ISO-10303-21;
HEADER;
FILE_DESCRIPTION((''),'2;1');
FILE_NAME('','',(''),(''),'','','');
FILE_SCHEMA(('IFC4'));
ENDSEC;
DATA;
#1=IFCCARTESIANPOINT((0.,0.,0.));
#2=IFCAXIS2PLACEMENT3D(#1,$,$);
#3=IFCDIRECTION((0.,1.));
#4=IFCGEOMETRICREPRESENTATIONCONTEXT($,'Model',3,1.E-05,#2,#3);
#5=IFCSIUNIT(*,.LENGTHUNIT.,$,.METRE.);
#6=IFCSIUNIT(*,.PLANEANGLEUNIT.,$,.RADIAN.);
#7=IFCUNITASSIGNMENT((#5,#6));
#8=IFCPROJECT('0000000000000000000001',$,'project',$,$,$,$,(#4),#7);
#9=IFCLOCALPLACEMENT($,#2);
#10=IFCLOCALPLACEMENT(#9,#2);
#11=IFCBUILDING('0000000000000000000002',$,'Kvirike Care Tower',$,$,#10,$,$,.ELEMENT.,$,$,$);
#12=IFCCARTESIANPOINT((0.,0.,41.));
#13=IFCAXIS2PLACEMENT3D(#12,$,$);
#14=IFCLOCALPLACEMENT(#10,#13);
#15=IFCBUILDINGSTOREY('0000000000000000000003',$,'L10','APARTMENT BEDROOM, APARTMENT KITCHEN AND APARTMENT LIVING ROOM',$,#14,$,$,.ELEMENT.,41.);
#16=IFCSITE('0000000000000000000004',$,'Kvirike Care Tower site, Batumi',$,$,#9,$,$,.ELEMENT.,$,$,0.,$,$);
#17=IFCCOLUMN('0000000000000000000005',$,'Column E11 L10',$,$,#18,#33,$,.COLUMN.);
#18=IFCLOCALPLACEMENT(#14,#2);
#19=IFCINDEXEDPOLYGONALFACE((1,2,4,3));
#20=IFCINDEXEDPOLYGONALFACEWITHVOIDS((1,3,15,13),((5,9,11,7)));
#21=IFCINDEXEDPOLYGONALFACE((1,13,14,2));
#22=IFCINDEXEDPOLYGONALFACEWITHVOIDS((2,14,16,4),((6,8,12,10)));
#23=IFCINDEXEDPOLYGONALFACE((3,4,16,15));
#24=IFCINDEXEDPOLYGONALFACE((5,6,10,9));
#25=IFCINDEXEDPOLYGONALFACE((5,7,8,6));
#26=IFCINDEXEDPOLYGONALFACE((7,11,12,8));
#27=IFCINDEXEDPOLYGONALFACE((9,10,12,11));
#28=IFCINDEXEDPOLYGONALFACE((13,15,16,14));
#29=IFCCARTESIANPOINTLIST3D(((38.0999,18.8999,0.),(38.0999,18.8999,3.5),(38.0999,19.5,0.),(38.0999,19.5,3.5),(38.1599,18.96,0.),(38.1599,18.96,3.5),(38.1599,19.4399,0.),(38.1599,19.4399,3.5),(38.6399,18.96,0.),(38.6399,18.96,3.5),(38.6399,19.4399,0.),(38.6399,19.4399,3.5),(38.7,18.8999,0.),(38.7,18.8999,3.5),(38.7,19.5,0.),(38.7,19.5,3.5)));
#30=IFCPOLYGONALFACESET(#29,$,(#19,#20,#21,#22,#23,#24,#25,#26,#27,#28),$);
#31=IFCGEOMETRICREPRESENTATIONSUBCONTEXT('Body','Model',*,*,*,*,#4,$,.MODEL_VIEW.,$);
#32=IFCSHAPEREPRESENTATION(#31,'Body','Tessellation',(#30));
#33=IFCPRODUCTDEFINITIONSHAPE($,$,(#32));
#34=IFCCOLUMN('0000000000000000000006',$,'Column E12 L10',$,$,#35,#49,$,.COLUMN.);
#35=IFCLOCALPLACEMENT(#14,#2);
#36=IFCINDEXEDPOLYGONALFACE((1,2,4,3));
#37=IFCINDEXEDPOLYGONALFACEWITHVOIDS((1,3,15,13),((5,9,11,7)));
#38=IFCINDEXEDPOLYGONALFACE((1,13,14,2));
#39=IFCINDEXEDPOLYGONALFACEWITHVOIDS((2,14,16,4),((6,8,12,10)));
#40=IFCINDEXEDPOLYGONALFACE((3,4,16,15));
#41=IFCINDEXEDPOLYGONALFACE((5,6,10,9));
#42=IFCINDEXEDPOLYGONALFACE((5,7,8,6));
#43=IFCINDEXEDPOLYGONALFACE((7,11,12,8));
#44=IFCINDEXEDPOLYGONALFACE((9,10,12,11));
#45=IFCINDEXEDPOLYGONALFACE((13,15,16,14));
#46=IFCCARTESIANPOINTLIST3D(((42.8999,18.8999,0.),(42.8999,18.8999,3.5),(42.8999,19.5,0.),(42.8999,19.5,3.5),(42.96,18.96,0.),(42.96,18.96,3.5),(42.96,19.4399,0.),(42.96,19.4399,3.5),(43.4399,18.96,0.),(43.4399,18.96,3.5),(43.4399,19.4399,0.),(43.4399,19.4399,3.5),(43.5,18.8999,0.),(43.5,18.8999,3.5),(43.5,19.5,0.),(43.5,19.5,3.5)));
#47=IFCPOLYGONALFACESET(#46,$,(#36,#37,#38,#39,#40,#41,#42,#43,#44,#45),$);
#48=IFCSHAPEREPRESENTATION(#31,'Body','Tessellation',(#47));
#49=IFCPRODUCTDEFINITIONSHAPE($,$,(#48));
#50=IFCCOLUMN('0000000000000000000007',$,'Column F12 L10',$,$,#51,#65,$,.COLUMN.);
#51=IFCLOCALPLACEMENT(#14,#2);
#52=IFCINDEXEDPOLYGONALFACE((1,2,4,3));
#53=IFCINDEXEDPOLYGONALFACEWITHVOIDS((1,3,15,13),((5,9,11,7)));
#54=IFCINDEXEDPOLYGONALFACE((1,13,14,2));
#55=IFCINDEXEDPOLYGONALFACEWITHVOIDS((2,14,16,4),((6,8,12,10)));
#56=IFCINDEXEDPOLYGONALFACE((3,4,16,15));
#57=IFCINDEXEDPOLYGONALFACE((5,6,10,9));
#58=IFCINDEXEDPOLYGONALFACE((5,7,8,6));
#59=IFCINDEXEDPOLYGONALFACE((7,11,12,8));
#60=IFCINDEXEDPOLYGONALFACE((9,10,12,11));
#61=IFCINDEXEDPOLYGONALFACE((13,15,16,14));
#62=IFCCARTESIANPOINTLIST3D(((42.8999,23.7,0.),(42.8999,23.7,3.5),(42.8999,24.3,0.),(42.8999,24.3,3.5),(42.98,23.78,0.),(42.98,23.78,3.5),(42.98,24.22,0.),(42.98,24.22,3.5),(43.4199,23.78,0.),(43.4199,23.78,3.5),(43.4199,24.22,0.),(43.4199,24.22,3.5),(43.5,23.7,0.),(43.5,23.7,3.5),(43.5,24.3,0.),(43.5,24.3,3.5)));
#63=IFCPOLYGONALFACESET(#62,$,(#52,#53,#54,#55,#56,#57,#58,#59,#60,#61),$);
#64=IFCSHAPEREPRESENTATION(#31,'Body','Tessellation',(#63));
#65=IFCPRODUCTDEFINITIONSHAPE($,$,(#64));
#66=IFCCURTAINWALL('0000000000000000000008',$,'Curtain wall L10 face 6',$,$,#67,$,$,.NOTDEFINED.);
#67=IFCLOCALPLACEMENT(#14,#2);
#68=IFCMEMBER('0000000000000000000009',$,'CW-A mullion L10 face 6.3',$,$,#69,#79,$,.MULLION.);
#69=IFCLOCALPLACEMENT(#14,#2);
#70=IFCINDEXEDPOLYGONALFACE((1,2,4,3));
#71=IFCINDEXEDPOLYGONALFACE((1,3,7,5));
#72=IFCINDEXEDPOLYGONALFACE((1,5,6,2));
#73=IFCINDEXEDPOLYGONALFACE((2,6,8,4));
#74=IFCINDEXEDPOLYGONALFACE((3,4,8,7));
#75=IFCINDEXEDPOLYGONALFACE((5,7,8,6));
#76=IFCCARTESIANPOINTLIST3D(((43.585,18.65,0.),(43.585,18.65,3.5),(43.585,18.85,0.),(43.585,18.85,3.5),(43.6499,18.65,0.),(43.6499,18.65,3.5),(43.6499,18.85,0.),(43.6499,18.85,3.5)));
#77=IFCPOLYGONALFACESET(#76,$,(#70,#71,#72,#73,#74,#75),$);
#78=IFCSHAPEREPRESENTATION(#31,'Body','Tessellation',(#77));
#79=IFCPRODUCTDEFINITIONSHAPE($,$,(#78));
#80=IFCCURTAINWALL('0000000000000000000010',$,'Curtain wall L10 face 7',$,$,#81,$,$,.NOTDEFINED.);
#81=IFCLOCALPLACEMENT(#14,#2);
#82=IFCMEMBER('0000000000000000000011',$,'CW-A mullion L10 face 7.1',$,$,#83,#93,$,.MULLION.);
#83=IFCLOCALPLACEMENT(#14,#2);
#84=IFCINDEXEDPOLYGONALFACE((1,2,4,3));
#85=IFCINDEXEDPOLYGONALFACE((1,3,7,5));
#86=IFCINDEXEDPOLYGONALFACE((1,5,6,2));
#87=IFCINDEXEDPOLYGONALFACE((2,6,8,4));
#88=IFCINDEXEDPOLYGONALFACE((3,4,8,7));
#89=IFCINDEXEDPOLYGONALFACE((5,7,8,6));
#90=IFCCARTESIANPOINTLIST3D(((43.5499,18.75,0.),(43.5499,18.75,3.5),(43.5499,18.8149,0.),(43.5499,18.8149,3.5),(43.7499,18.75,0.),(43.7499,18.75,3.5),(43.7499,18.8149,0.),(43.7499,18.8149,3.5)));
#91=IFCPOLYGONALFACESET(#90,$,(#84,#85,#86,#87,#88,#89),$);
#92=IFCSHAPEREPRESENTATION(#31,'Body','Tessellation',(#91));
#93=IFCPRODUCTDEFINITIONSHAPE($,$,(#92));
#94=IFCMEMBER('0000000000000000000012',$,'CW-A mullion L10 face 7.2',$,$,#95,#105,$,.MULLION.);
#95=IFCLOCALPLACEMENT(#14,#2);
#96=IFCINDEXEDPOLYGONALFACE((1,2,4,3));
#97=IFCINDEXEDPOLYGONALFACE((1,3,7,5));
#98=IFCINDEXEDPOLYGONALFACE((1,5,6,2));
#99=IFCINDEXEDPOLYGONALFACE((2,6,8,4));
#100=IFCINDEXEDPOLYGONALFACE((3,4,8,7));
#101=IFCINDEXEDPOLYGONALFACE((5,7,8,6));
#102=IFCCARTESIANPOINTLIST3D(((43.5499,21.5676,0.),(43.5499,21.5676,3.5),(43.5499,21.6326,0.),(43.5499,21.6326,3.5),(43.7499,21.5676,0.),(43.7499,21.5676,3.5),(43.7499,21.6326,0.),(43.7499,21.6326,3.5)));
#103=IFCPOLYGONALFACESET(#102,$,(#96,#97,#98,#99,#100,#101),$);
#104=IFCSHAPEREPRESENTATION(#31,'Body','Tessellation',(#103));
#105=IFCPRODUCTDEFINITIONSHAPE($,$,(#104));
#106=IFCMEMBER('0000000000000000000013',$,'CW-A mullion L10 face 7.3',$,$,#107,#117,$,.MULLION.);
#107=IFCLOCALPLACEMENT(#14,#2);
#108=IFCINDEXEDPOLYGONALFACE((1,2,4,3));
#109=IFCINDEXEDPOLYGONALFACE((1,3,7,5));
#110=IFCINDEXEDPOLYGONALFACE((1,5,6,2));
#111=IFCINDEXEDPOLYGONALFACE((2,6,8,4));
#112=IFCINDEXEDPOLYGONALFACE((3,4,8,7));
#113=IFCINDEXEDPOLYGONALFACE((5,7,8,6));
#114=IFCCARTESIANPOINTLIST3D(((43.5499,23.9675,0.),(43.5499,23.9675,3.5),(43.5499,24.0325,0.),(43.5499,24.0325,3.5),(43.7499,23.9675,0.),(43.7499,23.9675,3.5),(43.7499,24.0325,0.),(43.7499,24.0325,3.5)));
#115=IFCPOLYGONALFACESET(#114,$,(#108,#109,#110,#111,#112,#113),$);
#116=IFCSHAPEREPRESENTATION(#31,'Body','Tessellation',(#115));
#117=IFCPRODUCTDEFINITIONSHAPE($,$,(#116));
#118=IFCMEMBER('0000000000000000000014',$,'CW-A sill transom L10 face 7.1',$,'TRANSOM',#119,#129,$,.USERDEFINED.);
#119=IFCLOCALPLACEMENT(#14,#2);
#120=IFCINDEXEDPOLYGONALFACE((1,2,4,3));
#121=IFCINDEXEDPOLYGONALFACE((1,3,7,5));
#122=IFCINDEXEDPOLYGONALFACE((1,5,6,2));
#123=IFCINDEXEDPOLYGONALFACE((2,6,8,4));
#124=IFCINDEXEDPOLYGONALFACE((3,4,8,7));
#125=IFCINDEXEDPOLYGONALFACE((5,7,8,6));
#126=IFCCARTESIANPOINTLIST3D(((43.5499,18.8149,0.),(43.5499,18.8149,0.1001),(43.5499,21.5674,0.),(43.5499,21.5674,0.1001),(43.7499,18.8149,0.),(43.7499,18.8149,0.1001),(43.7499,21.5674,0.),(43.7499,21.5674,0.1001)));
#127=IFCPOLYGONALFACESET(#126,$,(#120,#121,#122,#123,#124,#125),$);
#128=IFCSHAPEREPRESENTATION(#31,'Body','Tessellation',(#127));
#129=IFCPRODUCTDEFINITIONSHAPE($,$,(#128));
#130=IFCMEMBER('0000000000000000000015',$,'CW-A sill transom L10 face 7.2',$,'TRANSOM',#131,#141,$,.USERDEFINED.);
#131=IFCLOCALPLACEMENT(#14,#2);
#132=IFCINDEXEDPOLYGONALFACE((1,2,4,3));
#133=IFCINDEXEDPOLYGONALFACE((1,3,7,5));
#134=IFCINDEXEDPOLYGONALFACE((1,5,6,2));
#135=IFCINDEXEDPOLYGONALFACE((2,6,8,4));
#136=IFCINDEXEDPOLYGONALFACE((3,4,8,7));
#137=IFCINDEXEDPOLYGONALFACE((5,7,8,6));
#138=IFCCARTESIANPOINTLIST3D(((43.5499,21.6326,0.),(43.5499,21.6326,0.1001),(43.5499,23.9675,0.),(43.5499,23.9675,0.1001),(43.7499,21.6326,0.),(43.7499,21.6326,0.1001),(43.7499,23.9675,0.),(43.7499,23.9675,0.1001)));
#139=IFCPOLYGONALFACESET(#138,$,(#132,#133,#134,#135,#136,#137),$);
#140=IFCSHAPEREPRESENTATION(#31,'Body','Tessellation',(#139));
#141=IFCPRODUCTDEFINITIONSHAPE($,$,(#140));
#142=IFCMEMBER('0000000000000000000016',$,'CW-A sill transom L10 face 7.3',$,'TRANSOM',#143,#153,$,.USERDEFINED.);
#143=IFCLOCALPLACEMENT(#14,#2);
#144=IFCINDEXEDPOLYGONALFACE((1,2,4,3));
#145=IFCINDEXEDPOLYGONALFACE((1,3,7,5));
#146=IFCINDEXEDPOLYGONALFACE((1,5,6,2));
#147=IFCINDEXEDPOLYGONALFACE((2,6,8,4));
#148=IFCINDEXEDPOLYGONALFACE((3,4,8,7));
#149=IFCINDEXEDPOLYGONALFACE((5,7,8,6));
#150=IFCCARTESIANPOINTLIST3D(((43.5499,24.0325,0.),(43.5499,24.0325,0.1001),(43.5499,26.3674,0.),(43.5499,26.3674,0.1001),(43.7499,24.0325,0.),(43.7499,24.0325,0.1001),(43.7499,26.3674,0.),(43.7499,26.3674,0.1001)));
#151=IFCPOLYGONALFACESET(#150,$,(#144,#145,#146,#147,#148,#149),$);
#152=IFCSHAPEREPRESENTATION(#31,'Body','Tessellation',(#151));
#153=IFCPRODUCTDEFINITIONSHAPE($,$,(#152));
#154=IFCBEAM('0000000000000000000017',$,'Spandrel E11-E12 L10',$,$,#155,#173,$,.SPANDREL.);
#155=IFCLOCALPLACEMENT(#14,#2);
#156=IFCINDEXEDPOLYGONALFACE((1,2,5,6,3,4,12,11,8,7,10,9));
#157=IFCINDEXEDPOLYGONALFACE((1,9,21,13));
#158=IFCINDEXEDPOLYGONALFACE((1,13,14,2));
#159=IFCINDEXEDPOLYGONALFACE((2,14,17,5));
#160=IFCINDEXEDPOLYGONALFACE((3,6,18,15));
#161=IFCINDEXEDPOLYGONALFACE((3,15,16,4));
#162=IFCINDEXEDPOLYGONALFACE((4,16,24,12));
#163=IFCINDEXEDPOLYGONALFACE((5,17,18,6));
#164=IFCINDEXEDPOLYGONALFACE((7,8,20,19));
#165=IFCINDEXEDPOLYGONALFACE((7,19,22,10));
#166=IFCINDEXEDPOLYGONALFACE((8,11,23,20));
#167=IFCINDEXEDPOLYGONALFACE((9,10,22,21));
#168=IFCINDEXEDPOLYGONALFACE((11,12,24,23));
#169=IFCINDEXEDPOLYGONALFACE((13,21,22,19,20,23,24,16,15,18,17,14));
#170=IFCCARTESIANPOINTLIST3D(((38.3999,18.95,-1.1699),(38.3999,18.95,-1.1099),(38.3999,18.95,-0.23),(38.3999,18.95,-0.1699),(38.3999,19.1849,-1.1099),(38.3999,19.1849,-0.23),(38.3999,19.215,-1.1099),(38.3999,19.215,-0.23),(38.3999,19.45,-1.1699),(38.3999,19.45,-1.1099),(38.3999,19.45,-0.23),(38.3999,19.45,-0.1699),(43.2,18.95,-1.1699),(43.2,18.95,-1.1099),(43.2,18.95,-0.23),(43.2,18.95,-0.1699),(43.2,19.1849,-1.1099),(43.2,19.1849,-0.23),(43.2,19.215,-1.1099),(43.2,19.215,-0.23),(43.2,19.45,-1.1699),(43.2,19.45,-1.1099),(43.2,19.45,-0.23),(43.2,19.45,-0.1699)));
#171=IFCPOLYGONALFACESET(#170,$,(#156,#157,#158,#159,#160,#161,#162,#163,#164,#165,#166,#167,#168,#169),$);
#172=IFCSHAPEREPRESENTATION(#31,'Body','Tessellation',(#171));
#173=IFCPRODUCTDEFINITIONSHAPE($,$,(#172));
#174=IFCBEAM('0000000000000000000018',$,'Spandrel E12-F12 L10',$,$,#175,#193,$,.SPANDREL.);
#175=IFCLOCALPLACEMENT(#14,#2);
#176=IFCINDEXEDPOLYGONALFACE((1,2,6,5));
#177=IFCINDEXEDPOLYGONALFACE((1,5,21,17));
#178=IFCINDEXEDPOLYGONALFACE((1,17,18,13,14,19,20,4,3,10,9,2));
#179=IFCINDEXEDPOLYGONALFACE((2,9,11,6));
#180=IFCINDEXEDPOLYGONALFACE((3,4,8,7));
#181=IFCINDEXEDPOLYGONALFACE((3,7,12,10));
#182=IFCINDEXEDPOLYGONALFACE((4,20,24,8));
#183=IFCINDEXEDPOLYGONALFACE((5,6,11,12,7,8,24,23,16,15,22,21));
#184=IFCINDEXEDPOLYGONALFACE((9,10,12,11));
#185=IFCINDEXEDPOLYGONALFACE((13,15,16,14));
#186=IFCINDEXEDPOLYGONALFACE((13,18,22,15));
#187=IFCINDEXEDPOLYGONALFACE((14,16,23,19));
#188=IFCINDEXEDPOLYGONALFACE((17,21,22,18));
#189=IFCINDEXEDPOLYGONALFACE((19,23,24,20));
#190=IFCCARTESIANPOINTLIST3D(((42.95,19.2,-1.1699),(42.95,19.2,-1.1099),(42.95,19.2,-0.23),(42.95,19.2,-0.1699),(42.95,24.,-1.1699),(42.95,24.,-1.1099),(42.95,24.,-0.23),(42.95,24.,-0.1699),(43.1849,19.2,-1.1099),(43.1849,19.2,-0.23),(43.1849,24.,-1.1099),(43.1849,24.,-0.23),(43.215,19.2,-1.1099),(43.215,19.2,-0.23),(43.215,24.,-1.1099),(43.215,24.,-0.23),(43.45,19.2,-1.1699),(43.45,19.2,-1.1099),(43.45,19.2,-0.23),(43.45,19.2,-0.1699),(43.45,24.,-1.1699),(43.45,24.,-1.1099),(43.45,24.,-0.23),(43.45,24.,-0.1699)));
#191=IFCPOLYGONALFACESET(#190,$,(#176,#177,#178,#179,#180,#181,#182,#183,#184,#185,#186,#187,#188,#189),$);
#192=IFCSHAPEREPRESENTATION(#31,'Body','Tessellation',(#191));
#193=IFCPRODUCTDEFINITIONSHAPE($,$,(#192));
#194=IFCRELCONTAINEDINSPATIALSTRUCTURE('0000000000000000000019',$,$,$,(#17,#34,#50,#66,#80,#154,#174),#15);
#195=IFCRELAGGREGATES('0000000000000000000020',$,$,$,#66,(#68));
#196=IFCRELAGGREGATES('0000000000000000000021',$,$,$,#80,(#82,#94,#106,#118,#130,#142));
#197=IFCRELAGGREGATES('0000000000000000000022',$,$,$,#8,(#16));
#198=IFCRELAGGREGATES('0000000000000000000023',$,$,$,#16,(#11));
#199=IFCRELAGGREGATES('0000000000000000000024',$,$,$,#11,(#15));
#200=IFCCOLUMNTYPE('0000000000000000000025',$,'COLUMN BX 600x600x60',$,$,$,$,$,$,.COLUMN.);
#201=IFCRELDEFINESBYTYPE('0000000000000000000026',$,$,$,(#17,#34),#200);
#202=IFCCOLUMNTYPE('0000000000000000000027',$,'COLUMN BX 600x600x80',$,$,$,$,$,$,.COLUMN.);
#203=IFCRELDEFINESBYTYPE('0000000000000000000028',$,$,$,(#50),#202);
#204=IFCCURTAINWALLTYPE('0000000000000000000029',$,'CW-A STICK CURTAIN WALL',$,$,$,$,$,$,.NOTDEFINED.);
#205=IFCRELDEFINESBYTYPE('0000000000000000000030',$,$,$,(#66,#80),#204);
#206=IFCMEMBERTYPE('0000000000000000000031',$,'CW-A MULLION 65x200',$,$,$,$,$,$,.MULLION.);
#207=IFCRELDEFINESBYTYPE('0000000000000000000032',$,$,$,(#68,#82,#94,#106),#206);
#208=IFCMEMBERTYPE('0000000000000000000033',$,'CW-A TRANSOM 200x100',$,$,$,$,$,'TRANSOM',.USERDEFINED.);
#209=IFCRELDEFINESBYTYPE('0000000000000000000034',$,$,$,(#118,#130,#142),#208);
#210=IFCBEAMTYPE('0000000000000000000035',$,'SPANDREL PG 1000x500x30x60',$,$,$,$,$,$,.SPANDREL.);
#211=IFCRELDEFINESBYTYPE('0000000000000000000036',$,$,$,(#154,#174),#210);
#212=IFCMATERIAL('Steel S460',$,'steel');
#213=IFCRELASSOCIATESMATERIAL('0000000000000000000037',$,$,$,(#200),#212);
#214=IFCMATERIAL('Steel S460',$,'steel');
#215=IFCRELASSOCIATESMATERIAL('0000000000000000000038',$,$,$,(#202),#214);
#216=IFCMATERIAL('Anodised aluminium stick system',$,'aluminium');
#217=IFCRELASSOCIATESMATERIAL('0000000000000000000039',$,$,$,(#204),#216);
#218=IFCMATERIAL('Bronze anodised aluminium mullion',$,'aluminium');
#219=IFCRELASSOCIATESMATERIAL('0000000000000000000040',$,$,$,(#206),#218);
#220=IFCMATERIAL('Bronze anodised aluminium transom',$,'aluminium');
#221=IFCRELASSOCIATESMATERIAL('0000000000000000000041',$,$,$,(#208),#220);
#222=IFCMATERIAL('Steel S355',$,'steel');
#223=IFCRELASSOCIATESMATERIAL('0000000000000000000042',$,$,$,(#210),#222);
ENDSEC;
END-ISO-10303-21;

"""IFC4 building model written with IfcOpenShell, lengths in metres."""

from ifc_helpers import new_model, si_unit, direction, frame, origin, origin_2d, place, context, subcontext, project, spatial, rectangle, hollow_rectangle, i_section, extrude, material, material_profile, profile_set, type_object, element, aggregate, save


model = new_model("IFC4")

# Units and contexts
model_context = context("Model", 3, precision=1e-05, world=origin(), true_north=direction((0.0, 1.0)))
body_context = subcontext(model_context, "Body", "Model", "MODEL_VIEW")
ifc_project = project(units=[si_unit("LENGTHUNIT", "METRE"), si_unit("PLANEANGLEUNIT", "RADIAN")], contexts=[model_context])

# Site, building, storey
site_placement = place(None, origin())
site = spatial("IfcSite", under=ifc_project, at=site_placement, Name="Kvirike Care Tower site, Batumi", CompositionType="ELEMENT", RefElevation=0.0)
building_placement = place(site_placement, origin())
building = spatial("IfcBuilding", under=site, at=building_placement, Name="Kvirike Care Tower", CompositionType="ELEMENT")
storey_placement = place(building_placement, frame((0.0, 0.0, 41.0)))
storey = spatial("IfcBuildingStorey", under=building, at=storey_placement, Name="L10", Description="APARTMENT BEDROOM, APARTMENT KITCHEN AND APARTMENT LIVING ROOM", CompositionType="ELEMENT", Elevation=41.0)

# Columns
ifc_material_1 = material(Name="Steel S460", Category="steel")
ifc_material_profile_1 = material_profile(ifc_material_1, hollow_rectangle(XDim=0.6001, YDim=0.6001, WallThickness=0.0601, at=origin_2d()), Name="BX 600x600x60")
ifc_profile_set_1 = profile_set([ifc_material_profile_1], Name="Steel S460")
column_type_1 = type_object("IfcColumnType", Name="COLUMN BX 600x600x60", PredefinedType="COLUMN", material=ifc_profile_set_1)
for number, where, z_axis, x_axis, name in (
    (1, (38.3999, 19.2, 0.0), (0.0, 0.0, 1.0), (0.0, 1.0, 0.0), "Column E11 L10"),
    (2, (43.2, 19.2, 0.0), (0.0, 0.0, 1.0), (0.0, 1.0, 0.0), "Column E12 L10"),
):
    element("IfcColumn", number, at=place(storey_placement, frame(where, z_axis=z_axis, x_axis=x_axis)), inside=storey, type_object=column_type_1, Name=name, PredefinedType="COLUMN", context=body_context, shape_type="SweptSolid", body=[
        extrude(hollow_rectangle(XDim=0.6001, YDim=0.6001, WallThickness=0.0601, at=origin_2d()), origin(), (0.0, 0.0, 1.0), 3.5),
    ])
ifc_material_2 = material(Name="Steel S460", Category="steel")
ifc_material_profile_2 = material_profile(ifc_material_2, hollow_rectangle(XDim=0.6001, YDim=0.6001, WallThickness=0.0801, at=origin_2d()), Name="BX 600x600x80")
ifc_profile_set_2 = profile_set([ifc_material_profile_2], Name="Steel S460")
column_type_2 = type_object("IfcColumnType", Name="COLUMN BX 600x600x80", PredefinedType="COLUMN", material=ifc_profile_set_2)
column_placement = place(storey_placement, frame((43.2, 24.0, 0.0), z_axis=(0.0, 0.0, 1.0), x_axis=(1.0, 0.0, 0.0)))
element("IfcColumn", 3, at=column_placement, inside=storey, type_object=column_type_2, Name="Column F12 L10", PredefinedType="COLUMN", context=body_context, shape_type="SweptSolid", body=[
    extrude(hollow_rectangle(XDim=0.6001, YDim=0.6001, WallThickness=0.0801, at=origin_2d()), origin(), (0.0, 0.0, 1.0), 3.5),
])

# Curtain wall, member
ifc_material_3 = material(Name="Anodised aluminium stick system", Category="aluminium")
curtain_wall_type = type_object("IfcCurtainWallType", Name="CW-A STICK CURTAIN WALL", PredefinedType="NOTDEFINED", material=ifc_material_3)
curtain_wall_1_placement = place(storey_placement, origin())
curtain_wall_1 = element("IfcCurtainWall", 4, at=curtain_wall_1_placement, inside=storey, type_object=curtain_wall_type, Name="Curtain wall L10 face 6", PredefinedType="NOTDEFINED")
ifc_material_4 = material(Name="Bronze anodised aluminium mullion", Category="aluminium")
ifc_material_profile_3 = material_profile(ifc_material_4, rectangle(XDim=0.0649, YDim=0.2, at=origin_2d()), Name="CW-A MULLION 65x200")
ifc_profile_set_3 = profile_set([ifc_material_profile_3], Name="Bronze anodised aluminium mullion")
member_type_1 = type_object("IfcMemberType", Name="CW-A MULLION 65x200", PredefinedType="MULLION", material=ifc_profile_set_3)
member_1_placement = place(storey_placement, frame((43.6174, 18.75, 0.0), z_axis=(0.0, 0.0, 1.0), x_axis=(1.0, 0.0, 0.0)))
member_1 = element("IfcMember", 5, at=member_1_placement, type_object=member_type_1, Name="CW-A mullion L10 face 6.3", PredefinedType="MULLION", context=body_context, shape_type="SweptSolid", body=[
    extrude(rectangle(XDim=0.0649, YDim=0.2, at=origin_2d()), origin(), (0.0, 0.0, 1.0), 3.5),
])

# Curtain wall, members
curtain_wall_2_placement = place(storey_placement, origin())
curtain_wall_2 = element("IfcCurtainWall", 6, at=curtain_wall_2_placement, inside=storey, type_object=curtain_wall_type, Name="Curtain wall L10 face 7", PredefinedType="NOTDEFINED")
member_2_placement = place(storey_placement, frame((43.6499, 18.7825, 0.0), z_axis=(0.0, 0.0, 1.0), x_axis=(0.0, 1.0, 0.0)))
member_2 = element("IfcMember", 7, at=member_2_placement, type_object=member_type_1, Name="CW-A mullion L10 face 7.1", PredefinedType="MULLION", context=body_context, shape_type="SweptSolid", body=[
    extrude(rectangle(XDim=0.0649, YDim=0.2, at=origin_2d()), origin(), (0.0, 0.0, 1.0), 3.5),
])
member_3_placement = place(storey_placement, frame((43.6499, 21.6001, 0.0), z_axis=(0.0, 0.0, 1.0), x_axis=(0.0, 1.0, 0.0)))
member_3 = element("IfcMember", 8, at=member_3_placement, type_object=member_type_1, Name="CW-A mullion L10 face 7.2", PredefinedType="MULLION", context=body_context, shape_type="SweptSolid", body=[
    extrude(rectangle(XDim=0.0649, YDim=0.2, at=origin_2d()), origin(), (0.0, 0.0, 1.0), 3.5),
])
member_4_placement = place(storey_placement, frame((43.6499, 24.0, 0.0), z_axis=(0.0, 0.0, 1.0), x_axis=(0.0, 1.0, 0.0)))
member_4 = element("IfcMember", 9, at=member_4_placement, type_object=member_type_1, Name="CW-A mullion L10 face 7.3", PredefinedType="MULLION", context=body_context, shape_type="SweptSolid", body=[
    extrude(rectangle(XDim=0.0649, YDim=0.2, at=origin_2d()), origin(), (0.0, 0.0, 1.0), 3.5),
])
ifc_material_5 = material(Name="Bronze anodised aluminium transom", Category="aluminium")
ifc_material_profile_4 = material_profile(ifc_material_5, rectangle(XDim=0.2, YDim=0.1001, at=origin_2d()), Name="CW-A TRANSOM 200x100")
ifc_profile_set_4 = profile_set([ifc_material_profile_4], Name="Bronze anodised aluminium transom")
member_type_2 = type_object("IfcMemberType", Name="CW-A TRANSOM 200x100", ElementType="TRANSOM", PredefinedType="USERDEFINED", material=ifc_profile_set_4)
member_5_placement = place(storey_placement, frame((43.6499, 18.8149, 0.05), z_axis=(0.0, 1.0, 0.0), x_axis=(-1.0, 0.0, 0.0)))
member_5 = element("IfcMember", 10, at=member_5_placement, type_object=member_type_2, Name="CW-A sill transom L10 face 7.1", ObjectType="TRANSOM", PredefinedType="USERDEFINED", context=body_context, shape_type="SweptSolid", body=[
    extrude(rectangle(XDim=0.2, YDim=0.1001, at=origin_2d()), origin(), (0.0, 0.0, 1.0), 2.7524),
])
member_6_placement = place(storey_placement, frame((43.6499, 21.6326, 0.05), z_axis=(0.0, 1.0, 0.0), x_axis=(-1.0, 0.0, 0.0)))
member_6 = element("IfcMember", 11, at=member_6_placement, type_object=member_type_2, Name="CW-A sill transom L10 face 7.2", ObjectType="TRANSOM", PredefinedType="USERDEFINED", context=body_context, shape_type="SweptSolid", body=[
    extrude(rectangle(XDim=0.2, YDim=0.1001, at=origin_2d()), origin(), (0.0, 0.0, 1.0), 2.335),
])
member_7_placement = place(storey_placement, frame((43.6499, 24.0325, 0.05), z_axis=(0.0, 1.0, 0.0), x_axis=(-1.0, 0.0, 0.0)))
member_7 = element("IfcMember", 12, at=member_7_placement, type_object=member_type_2, Name="CW-A sill transom L10 face 7.3", ObjectType="TRANSOM", PredefinedType="USERDEFINED", context=body_context, shape_type="SweptSolid", body=[
    extrude(rectangle(XDim=0.2, YDim=0.1001, at=origin_2d()), origin(), (0.0, 0.0, 1.0), 2.335),
])

# Beams
ifc_material_6 = material(Name="Steel S355", Category="steel")
ifc_material_profile_5 = material_profile(ifc_material_6, i_section(OverallWidth=0.5, OverallDepth=1.0, WebThickness=0.03, FlangeThickness=0.0601, at=origin_2d()), Name="PG 1000x500x30x60")
ifc_profile_set_5 = profile_set([ifc_material_profile_5], Name="Steel S355")
beam_type = type_object("IfcBeamType", Name="SPANDREL PG 1000x500x30x60", PredefinedType="SPANDREL", material=ifc_profile_set_5)
for number, where, z_axis, x_axis, name in (
    (13, (38.3999, 19.2, -0.6699), (1.0, 0.0, 0.0), (0.0, 1.0, 0.0), "Spandrel E11-E12 L10"),
    (14, (43.2, 19.2, -0.6699), (0.0, 1.0, 0.0), (-1.0, 0.0, 0.0), "Spandrel E12-F12 L10"),
):
    element("IfcBeam", number, at=place(storey_placement, frame(where, z_axis=z_axis, x_axis=x_axis)), inside=storey, type_object=beam_type, Name=name, PredefinedType="SPANDREL", context=body_context, shape_type="SweptSolid", body=[
        extrude(i_section(OverallWidth=0.5, OverallDepth=1.0, WebThickness=0.03, FlangeThickness=0.0601, at=origin_2d()), origin(), (0.0, 0.0, 1.0), 4.8),
    ])

aggregate(curtain_wall_1, [member_1])
aggregate(curtain_wall_2, [member_2, member_3, member_4, member_5, member_6, member_7])

save(model, "model.ifc")
